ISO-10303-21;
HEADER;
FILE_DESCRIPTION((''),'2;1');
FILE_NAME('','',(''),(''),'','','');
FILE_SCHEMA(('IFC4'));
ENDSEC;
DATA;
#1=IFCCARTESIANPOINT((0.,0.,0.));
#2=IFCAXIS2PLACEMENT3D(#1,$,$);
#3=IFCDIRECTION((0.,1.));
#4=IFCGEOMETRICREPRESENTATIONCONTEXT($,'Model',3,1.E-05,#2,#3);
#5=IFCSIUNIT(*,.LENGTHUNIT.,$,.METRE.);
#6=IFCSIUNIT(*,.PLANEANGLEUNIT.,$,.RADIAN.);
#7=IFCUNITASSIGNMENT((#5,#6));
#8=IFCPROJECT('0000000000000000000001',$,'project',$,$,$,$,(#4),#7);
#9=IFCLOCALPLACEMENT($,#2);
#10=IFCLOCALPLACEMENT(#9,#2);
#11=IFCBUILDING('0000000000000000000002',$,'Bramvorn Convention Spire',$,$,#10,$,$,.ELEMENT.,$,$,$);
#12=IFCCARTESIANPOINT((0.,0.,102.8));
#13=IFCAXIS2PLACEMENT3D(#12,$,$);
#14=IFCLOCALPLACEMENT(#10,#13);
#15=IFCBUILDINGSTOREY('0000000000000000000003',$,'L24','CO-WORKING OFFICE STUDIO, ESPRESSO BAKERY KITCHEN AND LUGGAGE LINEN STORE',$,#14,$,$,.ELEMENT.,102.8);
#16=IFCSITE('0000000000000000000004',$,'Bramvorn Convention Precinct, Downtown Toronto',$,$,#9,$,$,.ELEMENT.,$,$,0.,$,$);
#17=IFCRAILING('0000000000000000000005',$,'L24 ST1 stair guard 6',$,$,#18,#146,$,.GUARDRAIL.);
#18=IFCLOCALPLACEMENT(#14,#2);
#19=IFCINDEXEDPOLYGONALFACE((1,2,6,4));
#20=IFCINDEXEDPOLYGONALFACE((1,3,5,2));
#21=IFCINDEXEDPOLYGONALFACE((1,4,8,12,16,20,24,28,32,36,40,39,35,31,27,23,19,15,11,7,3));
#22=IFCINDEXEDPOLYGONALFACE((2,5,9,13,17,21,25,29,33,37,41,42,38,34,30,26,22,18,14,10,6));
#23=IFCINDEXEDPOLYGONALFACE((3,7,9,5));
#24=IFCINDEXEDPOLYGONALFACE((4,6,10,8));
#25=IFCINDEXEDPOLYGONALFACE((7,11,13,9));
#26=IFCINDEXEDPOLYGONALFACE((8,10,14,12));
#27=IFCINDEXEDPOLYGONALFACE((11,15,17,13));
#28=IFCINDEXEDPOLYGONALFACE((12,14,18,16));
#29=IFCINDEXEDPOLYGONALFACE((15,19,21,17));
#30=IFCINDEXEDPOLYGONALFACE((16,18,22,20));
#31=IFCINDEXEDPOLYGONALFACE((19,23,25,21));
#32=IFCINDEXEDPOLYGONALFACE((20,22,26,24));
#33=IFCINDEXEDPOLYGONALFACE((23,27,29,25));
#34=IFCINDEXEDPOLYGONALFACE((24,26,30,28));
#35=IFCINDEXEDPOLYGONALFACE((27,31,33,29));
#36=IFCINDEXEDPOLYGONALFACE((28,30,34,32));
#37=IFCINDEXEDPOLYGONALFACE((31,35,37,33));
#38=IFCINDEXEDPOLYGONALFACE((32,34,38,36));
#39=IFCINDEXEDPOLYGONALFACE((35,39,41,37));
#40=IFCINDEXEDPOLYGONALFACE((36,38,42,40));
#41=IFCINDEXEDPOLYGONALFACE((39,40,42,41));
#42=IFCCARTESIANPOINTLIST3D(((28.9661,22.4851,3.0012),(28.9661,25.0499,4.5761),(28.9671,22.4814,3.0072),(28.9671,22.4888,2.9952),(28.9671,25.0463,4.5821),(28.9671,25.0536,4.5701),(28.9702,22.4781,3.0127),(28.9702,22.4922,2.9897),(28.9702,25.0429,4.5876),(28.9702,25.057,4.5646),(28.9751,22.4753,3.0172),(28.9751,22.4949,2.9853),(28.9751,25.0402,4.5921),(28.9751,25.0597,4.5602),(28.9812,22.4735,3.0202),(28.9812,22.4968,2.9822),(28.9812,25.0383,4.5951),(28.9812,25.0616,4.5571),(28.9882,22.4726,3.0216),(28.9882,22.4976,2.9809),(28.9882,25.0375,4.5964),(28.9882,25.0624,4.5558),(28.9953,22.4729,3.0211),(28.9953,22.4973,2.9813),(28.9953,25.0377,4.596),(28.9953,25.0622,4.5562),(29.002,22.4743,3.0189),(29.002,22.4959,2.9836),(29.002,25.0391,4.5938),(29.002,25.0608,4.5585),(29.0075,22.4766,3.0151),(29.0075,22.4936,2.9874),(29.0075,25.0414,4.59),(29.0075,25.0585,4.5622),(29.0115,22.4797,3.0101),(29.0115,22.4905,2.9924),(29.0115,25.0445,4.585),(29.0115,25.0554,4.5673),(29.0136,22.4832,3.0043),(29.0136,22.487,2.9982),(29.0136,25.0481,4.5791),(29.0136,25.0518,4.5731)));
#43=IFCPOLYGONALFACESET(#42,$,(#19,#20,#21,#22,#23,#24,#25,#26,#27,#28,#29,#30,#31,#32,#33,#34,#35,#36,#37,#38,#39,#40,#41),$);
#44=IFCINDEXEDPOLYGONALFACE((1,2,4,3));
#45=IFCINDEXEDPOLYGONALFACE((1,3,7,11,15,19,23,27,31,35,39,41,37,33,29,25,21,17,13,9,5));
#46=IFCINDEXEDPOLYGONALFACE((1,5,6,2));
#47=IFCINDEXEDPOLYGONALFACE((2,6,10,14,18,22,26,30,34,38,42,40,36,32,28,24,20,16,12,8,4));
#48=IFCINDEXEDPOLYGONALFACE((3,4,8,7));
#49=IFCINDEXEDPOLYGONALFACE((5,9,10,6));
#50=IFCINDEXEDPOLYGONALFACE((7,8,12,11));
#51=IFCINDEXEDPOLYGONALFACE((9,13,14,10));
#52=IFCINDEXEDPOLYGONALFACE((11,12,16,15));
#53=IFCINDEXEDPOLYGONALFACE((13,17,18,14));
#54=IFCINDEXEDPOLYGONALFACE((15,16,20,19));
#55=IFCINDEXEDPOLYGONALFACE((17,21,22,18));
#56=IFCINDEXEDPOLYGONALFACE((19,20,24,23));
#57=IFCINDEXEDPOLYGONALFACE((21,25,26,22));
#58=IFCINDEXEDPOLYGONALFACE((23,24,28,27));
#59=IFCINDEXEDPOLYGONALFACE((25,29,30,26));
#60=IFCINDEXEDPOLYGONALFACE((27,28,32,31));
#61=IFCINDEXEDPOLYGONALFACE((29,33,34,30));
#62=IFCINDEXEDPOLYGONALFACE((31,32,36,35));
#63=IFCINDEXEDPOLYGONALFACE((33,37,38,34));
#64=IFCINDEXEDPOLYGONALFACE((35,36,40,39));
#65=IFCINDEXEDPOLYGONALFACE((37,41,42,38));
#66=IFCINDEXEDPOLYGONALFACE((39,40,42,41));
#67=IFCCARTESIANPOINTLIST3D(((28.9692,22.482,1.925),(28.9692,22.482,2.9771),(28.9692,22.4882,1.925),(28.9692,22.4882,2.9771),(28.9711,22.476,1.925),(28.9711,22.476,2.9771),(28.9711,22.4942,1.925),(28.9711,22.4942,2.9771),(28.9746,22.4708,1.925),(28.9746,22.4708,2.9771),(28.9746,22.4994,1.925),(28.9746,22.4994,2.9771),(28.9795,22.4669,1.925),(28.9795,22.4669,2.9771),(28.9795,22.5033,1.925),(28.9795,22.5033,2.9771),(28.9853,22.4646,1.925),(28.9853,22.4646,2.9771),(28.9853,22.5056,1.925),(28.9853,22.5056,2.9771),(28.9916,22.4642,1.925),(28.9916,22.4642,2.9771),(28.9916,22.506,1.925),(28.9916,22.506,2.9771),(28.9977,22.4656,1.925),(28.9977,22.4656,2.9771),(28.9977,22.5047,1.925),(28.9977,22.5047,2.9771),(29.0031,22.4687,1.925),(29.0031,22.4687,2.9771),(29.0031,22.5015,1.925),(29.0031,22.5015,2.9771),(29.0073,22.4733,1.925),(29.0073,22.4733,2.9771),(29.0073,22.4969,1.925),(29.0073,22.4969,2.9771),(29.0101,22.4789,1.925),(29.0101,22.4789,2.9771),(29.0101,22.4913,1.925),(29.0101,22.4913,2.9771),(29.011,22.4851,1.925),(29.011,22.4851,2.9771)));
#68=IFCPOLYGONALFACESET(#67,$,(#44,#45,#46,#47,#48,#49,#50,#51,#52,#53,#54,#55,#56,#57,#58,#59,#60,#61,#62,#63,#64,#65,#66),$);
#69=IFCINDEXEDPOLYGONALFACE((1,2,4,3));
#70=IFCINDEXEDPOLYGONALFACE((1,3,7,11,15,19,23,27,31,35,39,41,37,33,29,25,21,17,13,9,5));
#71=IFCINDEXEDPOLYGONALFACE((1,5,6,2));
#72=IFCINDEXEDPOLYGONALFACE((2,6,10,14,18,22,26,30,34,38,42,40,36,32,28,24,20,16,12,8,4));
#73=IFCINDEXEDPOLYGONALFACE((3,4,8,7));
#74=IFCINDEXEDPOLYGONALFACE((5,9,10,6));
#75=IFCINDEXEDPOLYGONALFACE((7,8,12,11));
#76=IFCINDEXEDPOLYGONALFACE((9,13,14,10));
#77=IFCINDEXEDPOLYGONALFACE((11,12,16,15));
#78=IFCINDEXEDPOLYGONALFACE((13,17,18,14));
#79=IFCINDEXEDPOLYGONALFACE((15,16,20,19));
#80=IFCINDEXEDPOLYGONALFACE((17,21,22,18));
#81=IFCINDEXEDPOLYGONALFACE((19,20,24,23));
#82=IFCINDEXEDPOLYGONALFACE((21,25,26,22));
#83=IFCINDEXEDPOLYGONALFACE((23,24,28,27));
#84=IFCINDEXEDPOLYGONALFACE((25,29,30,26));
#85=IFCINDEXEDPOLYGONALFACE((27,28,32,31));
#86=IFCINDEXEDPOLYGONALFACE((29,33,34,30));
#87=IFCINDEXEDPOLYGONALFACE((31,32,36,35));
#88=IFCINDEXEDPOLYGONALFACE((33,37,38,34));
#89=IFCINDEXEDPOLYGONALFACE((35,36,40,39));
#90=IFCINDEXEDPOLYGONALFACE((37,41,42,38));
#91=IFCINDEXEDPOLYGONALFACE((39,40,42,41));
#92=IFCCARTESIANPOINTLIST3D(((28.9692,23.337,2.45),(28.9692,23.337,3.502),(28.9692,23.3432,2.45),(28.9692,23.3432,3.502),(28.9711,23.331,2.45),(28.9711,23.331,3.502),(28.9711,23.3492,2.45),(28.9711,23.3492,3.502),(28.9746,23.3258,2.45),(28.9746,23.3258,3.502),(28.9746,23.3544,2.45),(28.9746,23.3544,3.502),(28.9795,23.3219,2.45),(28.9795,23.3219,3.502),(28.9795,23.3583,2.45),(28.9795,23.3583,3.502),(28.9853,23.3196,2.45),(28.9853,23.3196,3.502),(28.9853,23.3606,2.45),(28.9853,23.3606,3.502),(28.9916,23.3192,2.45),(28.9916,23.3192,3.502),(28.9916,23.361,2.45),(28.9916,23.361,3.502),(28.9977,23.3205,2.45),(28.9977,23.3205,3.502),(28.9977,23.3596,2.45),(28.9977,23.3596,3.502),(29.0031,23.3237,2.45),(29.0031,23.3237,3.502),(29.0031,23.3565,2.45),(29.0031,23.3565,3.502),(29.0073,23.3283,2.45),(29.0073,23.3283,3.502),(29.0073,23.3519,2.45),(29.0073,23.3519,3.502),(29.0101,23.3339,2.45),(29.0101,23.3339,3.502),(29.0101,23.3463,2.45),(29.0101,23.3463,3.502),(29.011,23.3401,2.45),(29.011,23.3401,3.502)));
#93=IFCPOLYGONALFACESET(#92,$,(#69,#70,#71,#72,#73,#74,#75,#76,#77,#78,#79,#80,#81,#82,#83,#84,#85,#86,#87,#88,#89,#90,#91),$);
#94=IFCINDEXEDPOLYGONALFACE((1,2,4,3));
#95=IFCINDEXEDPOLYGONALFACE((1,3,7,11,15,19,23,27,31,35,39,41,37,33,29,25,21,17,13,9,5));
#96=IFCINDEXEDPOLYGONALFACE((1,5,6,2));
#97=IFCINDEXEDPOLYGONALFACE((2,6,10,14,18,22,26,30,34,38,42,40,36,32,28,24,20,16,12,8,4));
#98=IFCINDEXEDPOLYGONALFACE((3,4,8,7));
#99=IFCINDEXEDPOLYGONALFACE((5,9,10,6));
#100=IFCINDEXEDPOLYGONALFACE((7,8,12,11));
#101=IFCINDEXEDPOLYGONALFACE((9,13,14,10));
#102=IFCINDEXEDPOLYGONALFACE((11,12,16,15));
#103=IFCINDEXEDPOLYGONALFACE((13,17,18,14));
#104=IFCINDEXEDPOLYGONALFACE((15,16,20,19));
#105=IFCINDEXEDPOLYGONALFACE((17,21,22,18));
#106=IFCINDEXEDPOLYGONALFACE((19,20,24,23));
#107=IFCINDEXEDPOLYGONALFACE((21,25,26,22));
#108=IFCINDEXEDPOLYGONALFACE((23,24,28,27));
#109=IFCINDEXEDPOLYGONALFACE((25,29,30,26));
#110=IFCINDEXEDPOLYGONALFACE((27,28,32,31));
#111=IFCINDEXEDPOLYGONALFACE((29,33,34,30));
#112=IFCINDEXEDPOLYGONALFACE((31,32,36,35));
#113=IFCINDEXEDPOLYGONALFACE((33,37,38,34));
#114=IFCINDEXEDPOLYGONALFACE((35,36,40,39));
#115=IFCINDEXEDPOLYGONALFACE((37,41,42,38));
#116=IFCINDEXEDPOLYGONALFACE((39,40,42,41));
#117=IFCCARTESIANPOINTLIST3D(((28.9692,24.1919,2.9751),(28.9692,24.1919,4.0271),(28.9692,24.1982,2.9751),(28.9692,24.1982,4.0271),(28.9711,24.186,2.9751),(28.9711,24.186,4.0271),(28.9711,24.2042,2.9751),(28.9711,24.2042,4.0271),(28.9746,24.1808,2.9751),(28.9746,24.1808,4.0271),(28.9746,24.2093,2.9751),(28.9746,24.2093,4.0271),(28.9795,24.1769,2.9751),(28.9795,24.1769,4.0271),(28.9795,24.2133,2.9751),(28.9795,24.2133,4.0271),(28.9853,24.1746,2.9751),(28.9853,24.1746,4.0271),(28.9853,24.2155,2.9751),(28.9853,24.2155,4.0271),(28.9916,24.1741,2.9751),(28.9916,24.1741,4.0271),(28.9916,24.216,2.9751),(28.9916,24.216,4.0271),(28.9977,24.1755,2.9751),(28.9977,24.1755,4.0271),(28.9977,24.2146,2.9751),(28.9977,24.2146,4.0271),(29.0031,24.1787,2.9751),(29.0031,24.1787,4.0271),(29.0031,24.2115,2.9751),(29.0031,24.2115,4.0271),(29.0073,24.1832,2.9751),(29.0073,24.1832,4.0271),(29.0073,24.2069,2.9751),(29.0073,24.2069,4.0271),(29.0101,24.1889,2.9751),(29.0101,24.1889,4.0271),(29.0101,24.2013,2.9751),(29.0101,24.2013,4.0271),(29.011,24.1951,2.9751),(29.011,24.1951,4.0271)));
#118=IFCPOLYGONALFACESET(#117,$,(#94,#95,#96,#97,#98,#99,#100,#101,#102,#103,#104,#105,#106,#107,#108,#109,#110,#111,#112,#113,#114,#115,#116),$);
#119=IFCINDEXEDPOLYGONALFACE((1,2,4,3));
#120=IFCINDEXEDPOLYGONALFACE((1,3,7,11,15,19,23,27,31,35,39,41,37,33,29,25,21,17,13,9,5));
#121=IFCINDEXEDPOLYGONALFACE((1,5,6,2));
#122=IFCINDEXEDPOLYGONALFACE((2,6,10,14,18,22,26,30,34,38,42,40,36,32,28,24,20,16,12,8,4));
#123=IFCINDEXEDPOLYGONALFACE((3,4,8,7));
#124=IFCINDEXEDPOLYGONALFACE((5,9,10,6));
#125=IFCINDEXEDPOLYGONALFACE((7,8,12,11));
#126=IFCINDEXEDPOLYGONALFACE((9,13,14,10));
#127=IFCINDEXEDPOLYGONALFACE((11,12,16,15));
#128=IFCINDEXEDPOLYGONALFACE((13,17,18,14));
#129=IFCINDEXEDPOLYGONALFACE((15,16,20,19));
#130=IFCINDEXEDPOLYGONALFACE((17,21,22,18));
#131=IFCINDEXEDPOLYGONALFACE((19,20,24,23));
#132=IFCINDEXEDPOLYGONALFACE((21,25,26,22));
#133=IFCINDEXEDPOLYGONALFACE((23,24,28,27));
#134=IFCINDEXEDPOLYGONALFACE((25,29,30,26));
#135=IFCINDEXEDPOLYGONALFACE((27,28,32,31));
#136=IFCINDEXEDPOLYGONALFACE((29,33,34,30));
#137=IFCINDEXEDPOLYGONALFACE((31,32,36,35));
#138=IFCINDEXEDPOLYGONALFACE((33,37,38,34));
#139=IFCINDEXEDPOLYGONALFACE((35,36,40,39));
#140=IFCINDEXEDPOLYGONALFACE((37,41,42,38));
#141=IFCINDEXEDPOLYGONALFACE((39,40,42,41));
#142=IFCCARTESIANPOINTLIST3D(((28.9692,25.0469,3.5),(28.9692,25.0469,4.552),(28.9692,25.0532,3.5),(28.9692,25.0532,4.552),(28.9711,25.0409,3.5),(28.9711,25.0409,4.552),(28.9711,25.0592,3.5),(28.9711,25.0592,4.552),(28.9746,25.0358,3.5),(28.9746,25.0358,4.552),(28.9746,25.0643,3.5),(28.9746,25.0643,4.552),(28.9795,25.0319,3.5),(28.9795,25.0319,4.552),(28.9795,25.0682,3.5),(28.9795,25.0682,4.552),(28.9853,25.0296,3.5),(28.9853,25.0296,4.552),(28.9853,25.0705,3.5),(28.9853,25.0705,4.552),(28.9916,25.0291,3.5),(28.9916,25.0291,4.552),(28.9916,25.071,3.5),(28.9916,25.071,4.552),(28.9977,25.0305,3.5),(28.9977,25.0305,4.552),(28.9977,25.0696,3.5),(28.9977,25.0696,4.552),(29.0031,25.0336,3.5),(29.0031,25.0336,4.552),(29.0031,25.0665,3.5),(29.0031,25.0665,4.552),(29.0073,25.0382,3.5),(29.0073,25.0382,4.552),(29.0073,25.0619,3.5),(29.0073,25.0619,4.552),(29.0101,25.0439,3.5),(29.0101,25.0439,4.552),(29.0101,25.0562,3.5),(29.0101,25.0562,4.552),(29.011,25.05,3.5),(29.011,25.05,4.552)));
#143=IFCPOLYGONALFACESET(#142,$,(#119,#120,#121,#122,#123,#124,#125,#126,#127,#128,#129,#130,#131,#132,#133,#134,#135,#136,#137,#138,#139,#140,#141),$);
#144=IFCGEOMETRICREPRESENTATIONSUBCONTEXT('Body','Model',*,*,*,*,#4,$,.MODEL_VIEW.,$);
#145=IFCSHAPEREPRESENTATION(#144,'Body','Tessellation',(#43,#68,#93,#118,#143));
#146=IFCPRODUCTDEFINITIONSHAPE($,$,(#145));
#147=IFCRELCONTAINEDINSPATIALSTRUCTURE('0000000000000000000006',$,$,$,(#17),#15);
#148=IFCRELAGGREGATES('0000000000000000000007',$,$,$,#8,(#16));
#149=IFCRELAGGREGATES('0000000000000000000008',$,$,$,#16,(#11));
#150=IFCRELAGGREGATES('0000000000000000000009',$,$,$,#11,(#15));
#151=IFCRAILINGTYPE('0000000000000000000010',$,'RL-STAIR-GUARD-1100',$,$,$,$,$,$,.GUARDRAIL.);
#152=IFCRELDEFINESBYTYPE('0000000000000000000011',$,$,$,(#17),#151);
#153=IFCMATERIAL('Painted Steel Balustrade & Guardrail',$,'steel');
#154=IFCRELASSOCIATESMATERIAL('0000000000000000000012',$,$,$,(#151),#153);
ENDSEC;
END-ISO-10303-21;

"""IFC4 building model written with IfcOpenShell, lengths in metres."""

from ifc_helpers import new_model, si_unit, direction, frame, origin, origin_2d, place, context, subcontext, project, spatial, circle, extrude, material, type_object, element, save


model = new_model("IFC4")

# Units and contexts
model_context = context("Model", 3, precision=1e-05, world=origin(), true_north=direction((0.0, 1.0)))
body_context = subcontext(model_context, "Body", "Model", "MODEL_VIEW")
ifc_project = project(units=[si_unit("LENGTHUNIT", "METRE"), si_unit("PLANEANGLEUNIT", "RADIAN")], contexts=[model_context])

# Site, building, storey
site_placement = place(None, origin())
site = spatial("IfcSite", under=ifc_project, at=site_placement, Name="Bramvorn Convention Precinct, Downtown Toronto", CompositionType="ELEMENT", RefElevation=0.0)
building_placement = place(site_placement, origin())
building = spatial("IfcBuilding", under=site, at=building_placement, Name="Bramvorn Convention Spire", CompositionType="ELEMENT")
storey_placement = place(building_placement, frame((0.0, 0.0, 102.8)))
storey = spatial("IfcBuildingStorey", under=building, at=storey_placement, Name="L24", Description="CO-WORKING OFFICE STUDIO, ESPRESSO BAKERY KITCHEN AND LUGGAGE LINEN STORE", CompositionType="ELEMENT", Elevation=102.8)

# Railing
ifc_material_1 = material(Name="Painted Steel Balustrade & Guardrail", Category="steel")
railing_type_1 = type_object("IfcRailingType", Name="RL-STAIR-GUARD-1100", PredefinedType="GUARDRAIL", material=ifc_material_1)
railing_1_placement = place(storey_placement, frame((28.99, 22.4851, 1.925)))
element("IfcRailing", 1, at=railing_1_placement, inside=storey, type_object=railing_type_1, Name="L24 ST1 stair guard 6", PredefinedType="GUARDRAIL", context=body_context, shape_type="SweptSolid", body=[
    extrude(circle(Radius=0.0239, at=origin_2d()), frame((0.0, 0.0, 1.0762), z_axis=(0.0, 0.852173, 0.52326), x_axis=(-1.0, 0.0, 0.0)), (0.0, 0.0, 1.0), 3.0098),
    extrude(circle(Radius=0.021, at=origin_2d()), origin(), (0.0, 0.0, 1.0), 1.052),
    extrude(circle(Radius=0.021, at=origin_2d()), frame((0.0, 0.855, 0.5249)), (0.0, 0.0, 1.0), 1.052),
    extrude(circle(Radius=0.021, at=origin_2d()), frame((0.0, 1.71, 1.05)), (0.0, 0.0, 1.0), 1.052),
    extrude(circle(Radius=0.021, at=origin_2d()), frame((0.0, 2.5649, 1.575)), (0.0, 0.0, 1.0), 1.052),
])

save(model, "model.ifc")
